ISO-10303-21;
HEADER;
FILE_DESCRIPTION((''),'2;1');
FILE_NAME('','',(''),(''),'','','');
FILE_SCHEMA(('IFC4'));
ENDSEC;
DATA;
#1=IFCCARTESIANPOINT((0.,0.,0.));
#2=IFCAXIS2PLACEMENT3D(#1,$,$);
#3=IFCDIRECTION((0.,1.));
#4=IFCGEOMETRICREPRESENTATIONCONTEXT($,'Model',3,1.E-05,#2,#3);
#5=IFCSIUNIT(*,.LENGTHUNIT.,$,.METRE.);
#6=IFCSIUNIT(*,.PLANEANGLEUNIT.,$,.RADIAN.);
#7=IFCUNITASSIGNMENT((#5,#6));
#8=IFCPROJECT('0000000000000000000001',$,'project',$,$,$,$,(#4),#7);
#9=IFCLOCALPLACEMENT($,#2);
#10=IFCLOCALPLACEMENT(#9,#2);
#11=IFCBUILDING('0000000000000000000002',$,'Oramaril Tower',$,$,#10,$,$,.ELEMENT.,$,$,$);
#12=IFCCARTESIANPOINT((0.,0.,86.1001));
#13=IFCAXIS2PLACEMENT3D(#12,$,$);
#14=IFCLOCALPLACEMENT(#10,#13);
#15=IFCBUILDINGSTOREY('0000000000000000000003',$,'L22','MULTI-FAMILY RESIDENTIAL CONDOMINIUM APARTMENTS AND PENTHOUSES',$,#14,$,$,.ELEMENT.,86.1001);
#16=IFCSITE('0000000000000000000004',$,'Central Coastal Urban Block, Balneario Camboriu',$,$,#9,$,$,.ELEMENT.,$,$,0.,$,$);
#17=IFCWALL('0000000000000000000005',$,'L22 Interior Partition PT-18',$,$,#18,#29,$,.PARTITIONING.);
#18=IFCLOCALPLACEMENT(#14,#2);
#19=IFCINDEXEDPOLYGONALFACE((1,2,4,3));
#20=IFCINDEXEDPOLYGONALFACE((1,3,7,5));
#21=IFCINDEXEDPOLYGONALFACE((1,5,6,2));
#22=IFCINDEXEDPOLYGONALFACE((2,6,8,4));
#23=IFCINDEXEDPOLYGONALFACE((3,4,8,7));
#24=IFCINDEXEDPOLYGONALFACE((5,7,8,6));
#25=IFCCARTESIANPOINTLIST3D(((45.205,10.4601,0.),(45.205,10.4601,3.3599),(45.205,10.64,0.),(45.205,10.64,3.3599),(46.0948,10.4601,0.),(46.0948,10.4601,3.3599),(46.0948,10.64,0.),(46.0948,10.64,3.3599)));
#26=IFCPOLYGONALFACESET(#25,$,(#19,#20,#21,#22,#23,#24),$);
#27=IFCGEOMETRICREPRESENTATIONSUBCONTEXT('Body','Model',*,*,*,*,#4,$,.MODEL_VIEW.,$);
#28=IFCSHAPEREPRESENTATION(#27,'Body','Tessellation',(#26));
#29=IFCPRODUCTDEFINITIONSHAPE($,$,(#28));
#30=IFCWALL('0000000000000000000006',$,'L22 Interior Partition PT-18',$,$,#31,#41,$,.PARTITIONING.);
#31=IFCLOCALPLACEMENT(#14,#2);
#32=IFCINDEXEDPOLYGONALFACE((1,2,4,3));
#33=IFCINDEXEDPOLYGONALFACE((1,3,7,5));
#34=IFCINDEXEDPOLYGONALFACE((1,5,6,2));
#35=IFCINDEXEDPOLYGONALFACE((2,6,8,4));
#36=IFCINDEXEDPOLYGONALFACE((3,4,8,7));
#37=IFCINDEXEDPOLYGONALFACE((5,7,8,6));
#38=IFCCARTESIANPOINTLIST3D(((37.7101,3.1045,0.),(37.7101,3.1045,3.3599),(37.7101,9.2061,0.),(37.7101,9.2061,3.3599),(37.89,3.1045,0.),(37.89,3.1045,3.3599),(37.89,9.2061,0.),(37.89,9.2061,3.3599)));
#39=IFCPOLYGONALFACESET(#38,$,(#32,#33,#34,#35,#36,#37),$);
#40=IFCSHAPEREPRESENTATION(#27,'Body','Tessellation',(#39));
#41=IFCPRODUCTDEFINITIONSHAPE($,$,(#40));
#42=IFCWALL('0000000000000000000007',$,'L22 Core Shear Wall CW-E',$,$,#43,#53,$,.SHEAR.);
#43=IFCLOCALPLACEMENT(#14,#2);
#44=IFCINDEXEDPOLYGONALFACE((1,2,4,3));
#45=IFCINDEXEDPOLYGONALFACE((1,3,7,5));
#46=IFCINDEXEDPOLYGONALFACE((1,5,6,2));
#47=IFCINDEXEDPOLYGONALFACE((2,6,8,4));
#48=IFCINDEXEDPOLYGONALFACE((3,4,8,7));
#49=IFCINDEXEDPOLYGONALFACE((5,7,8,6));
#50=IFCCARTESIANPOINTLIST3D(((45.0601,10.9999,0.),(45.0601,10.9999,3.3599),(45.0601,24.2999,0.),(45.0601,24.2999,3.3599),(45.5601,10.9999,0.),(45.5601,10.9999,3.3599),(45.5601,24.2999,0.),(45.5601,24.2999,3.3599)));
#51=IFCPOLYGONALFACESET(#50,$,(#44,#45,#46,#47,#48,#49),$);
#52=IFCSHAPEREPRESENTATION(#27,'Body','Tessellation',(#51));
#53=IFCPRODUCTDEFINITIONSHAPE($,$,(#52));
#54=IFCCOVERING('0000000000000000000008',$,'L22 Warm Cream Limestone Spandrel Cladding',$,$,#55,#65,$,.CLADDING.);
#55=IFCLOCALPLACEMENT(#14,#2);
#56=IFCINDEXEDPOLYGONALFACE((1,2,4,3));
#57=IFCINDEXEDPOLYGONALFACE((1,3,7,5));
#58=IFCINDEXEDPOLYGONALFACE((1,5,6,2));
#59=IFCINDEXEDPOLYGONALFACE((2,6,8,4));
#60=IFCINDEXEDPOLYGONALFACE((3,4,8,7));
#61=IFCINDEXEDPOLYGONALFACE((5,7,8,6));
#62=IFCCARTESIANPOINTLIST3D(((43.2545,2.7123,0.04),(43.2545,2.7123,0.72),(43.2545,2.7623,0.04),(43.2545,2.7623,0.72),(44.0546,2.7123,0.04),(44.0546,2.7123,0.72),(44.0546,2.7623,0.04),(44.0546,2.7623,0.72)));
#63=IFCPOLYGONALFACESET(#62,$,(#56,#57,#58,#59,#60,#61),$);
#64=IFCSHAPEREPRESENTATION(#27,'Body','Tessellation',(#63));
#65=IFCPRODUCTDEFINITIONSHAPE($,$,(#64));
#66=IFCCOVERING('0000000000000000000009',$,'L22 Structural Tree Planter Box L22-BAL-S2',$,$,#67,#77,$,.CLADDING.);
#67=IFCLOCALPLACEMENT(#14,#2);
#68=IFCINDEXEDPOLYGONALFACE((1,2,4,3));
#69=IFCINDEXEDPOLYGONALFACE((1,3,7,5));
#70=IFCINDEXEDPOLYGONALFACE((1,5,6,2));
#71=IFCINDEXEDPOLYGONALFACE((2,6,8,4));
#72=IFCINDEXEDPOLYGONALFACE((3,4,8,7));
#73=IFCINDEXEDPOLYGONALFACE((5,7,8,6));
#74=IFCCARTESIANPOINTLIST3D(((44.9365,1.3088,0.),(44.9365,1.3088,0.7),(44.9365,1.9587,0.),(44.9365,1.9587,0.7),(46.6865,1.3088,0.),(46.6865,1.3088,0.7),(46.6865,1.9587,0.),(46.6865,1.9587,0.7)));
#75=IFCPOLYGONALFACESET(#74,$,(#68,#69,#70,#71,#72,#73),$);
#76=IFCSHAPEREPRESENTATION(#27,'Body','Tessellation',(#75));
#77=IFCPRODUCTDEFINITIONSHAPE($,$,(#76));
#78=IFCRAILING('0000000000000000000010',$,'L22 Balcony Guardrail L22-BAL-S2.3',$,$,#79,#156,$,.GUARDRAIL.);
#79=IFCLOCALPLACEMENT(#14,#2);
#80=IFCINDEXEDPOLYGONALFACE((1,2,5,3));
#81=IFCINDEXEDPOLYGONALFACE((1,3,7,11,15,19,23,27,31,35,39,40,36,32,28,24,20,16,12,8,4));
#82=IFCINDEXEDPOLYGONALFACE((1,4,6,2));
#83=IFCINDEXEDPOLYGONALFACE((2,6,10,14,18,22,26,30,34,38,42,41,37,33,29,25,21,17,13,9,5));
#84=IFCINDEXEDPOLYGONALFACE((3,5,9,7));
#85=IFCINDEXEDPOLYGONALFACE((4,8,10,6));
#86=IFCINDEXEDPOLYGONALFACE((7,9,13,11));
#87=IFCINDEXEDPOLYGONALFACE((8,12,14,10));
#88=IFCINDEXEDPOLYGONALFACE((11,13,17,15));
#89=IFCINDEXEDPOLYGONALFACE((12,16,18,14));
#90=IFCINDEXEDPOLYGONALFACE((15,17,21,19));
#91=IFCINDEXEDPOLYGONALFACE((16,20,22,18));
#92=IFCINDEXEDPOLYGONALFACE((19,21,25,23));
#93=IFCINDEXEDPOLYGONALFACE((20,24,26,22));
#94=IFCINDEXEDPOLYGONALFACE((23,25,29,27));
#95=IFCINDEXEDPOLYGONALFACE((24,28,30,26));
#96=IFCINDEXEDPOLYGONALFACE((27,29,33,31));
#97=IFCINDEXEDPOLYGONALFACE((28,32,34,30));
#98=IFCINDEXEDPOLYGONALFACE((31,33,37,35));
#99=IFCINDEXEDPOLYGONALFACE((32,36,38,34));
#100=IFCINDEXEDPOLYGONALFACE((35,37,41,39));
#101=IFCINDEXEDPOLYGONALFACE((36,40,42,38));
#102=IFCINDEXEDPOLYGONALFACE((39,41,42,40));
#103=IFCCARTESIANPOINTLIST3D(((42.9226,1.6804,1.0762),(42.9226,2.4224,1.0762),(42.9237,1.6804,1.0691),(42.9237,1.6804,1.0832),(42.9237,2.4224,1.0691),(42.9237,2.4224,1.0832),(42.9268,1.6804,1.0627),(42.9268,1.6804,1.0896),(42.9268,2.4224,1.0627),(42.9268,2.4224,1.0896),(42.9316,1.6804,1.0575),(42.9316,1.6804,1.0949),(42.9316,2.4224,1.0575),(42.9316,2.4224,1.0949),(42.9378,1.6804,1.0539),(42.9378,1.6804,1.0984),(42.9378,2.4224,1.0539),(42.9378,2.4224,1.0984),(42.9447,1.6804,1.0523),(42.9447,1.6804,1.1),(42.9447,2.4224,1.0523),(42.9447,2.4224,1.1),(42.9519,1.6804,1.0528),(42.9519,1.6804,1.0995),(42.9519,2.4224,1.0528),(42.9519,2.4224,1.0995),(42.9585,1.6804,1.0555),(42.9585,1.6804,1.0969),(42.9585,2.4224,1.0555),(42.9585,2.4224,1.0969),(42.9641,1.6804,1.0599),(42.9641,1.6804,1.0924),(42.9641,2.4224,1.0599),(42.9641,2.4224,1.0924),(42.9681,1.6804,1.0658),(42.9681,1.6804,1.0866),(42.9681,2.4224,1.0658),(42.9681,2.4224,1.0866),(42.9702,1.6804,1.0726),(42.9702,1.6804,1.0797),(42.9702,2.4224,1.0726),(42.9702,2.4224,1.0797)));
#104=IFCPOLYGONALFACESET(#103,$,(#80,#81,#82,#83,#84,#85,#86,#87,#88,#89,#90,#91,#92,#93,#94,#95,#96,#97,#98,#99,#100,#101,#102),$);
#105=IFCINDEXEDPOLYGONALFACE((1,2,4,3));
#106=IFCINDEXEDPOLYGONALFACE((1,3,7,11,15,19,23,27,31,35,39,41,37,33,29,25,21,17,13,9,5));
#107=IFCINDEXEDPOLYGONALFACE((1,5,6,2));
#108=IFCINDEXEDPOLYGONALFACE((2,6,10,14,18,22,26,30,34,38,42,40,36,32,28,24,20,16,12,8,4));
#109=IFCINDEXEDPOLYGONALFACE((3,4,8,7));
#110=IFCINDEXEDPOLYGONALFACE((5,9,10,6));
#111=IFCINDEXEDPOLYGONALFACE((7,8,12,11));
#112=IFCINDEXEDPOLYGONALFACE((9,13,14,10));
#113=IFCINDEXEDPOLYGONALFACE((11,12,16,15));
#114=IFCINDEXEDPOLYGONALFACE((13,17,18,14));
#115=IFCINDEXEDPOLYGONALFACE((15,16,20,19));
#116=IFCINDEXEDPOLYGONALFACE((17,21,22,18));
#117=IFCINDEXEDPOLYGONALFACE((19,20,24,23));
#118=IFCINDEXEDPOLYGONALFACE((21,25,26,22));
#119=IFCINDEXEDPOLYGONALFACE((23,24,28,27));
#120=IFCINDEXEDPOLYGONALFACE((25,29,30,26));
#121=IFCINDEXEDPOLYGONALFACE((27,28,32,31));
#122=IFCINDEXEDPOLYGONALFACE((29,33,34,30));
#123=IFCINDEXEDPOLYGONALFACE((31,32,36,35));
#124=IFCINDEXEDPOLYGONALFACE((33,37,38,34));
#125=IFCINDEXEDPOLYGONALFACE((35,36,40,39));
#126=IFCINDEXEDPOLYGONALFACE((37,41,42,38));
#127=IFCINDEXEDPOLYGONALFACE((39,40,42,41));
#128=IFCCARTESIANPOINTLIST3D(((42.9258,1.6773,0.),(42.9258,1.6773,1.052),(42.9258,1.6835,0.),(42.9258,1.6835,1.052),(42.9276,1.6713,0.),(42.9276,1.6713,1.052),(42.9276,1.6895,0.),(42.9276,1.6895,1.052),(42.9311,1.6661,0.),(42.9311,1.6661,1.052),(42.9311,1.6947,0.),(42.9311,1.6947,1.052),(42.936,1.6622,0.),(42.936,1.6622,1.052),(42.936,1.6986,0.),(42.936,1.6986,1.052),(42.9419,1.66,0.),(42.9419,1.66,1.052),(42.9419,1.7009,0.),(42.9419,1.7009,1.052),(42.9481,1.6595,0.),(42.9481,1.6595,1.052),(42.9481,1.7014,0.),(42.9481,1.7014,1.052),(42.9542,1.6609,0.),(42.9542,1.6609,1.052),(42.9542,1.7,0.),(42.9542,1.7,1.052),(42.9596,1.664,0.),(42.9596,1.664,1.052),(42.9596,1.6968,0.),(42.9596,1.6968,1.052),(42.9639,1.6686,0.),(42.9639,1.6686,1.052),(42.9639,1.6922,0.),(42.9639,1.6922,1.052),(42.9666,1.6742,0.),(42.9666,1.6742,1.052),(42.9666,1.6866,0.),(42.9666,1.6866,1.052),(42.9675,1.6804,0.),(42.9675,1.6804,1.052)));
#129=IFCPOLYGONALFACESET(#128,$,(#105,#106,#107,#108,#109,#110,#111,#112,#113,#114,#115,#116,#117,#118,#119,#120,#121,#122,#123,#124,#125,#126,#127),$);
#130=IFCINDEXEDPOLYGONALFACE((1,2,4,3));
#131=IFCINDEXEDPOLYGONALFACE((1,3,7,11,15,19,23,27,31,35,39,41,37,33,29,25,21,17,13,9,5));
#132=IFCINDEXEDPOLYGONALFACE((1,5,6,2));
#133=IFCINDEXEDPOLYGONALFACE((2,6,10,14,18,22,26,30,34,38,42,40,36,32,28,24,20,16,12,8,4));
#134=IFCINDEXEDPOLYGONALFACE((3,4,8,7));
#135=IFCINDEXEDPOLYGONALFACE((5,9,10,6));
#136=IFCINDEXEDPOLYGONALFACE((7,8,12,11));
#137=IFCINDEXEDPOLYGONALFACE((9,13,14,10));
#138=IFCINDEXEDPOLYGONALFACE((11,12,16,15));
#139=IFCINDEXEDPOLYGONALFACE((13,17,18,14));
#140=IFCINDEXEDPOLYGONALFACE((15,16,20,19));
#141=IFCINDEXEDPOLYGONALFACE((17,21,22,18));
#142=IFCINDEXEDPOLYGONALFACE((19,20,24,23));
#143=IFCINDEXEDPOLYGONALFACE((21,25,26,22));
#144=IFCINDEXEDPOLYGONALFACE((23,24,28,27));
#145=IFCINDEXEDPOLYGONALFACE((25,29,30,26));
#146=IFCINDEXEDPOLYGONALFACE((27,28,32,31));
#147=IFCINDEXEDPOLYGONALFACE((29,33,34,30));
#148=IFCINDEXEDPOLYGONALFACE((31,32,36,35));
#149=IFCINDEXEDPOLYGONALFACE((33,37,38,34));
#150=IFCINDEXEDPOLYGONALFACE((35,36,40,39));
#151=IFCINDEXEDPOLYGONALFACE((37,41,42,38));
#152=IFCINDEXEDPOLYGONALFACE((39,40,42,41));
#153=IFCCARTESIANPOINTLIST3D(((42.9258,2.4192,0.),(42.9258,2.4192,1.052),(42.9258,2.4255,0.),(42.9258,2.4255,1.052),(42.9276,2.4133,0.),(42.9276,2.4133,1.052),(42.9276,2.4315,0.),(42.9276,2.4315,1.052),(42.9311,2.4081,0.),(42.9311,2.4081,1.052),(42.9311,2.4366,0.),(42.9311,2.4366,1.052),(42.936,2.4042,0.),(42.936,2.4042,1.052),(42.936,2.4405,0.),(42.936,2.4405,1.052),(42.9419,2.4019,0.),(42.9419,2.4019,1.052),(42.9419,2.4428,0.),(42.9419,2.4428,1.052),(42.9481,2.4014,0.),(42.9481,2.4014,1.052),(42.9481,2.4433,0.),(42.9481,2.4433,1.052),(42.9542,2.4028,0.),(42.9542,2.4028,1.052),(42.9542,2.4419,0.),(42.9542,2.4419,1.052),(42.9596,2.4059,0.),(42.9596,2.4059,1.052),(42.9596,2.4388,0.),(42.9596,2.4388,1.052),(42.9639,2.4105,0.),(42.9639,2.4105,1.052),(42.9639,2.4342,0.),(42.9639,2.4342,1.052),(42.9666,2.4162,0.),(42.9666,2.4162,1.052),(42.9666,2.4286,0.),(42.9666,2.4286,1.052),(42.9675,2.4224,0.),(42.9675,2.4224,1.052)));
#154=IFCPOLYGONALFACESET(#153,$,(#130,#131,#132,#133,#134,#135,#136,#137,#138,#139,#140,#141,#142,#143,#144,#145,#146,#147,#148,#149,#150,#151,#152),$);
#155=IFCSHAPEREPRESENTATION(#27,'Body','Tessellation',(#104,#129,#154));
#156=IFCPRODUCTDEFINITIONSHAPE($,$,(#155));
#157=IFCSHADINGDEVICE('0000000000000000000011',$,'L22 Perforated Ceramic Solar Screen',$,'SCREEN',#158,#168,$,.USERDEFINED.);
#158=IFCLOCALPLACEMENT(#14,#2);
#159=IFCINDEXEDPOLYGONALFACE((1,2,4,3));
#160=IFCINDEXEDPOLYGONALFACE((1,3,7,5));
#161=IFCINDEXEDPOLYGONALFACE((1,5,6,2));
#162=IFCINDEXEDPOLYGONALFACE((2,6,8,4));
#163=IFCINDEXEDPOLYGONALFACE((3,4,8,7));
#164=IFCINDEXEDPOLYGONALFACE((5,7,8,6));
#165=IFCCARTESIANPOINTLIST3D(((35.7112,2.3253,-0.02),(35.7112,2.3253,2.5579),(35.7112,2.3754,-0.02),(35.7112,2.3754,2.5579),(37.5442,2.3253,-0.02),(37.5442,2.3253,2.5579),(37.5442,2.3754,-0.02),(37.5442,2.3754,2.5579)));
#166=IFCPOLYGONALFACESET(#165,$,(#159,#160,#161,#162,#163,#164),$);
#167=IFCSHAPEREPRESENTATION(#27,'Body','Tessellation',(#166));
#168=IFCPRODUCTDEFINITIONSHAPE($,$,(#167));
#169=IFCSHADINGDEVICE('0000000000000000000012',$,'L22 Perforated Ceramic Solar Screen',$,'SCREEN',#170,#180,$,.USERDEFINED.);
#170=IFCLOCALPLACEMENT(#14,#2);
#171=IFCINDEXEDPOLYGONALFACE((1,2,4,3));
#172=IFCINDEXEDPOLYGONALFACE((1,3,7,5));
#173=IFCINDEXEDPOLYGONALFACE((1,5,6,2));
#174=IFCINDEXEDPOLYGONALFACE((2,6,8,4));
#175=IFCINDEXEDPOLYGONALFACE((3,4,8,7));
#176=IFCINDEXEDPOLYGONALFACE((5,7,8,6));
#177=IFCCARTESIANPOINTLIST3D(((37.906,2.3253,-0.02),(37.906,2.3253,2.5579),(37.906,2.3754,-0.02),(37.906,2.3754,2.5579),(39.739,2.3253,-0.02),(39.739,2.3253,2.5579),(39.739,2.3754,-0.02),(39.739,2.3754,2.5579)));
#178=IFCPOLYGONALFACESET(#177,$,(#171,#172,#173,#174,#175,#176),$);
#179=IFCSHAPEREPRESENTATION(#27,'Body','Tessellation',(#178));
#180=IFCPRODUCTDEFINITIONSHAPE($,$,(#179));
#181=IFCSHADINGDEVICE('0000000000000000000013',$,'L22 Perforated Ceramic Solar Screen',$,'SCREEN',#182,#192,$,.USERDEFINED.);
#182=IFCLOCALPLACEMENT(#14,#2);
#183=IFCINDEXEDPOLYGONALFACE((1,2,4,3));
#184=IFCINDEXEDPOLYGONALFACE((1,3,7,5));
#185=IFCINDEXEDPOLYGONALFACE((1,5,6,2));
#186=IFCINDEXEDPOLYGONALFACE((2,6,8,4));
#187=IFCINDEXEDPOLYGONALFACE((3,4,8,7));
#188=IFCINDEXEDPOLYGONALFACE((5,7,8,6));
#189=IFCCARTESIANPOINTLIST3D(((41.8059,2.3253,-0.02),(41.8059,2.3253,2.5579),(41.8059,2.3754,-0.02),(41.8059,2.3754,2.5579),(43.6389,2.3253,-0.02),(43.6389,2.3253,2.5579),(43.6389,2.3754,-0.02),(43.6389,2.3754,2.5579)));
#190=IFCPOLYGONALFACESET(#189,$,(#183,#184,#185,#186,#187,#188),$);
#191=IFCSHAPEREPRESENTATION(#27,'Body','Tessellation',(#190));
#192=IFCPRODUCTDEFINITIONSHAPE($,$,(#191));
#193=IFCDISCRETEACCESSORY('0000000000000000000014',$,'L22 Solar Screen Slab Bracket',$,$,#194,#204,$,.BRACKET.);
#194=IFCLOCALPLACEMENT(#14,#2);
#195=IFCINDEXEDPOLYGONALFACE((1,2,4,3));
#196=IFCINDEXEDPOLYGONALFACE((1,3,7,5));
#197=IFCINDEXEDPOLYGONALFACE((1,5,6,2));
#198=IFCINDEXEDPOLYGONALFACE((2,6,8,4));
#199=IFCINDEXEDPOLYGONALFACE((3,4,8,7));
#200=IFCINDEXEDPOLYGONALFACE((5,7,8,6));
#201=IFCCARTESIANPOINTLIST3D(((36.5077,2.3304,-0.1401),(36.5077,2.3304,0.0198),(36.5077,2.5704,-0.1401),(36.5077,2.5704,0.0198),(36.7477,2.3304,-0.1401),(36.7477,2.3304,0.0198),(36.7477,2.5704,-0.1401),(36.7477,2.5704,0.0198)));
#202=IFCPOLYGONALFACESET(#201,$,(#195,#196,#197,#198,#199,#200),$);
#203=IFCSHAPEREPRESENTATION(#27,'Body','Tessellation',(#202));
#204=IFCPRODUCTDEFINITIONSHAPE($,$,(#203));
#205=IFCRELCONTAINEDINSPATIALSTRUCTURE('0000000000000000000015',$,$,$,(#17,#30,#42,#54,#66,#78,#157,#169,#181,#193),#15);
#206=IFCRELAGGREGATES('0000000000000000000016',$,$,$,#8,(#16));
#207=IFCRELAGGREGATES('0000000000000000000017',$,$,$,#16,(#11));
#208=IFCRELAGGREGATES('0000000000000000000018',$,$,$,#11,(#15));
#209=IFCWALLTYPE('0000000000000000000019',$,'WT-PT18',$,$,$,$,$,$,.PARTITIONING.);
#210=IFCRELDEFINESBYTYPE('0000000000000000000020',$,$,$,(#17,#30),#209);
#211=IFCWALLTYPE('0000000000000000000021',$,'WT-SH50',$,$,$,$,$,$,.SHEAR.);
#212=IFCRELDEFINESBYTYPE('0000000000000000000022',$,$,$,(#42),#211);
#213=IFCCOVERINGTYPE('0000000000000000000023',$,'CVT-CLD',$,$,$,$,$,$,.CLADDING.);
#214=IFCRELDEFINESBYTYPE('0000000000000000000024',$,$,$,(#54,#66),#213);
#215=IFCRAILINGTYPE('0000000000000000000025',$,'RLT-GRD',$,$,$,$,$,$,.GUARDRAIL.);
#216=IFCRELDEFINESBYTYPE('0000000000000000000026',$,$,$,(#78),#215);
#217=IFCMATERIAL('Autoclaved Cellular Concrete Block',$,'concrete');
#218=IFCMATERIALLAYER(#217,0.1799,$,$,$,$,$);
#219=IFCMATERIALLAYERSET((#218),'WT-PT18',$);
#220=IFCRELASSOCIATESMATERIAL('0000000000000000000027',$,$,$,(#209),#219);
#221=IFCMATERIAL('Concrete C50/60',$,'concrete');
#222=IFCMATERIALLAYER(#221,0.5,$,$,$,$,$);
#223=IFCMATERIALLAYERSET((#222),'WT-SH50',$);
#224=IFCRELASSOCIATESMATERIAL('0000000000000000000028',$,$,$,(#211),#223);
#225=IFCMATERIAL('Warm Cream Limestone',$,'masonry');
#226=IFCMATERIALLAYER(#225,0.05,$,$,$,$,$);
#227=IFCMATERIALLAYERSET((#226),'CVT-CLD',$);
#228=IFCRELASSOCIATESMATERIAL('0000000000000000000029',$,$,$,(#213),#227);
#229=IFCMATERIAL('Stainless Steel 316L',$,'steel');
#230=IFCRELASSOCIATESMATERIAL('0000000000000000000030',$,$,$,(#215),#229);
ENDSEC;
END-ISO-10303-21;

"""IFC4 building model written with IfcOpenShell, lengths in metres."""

from ifc_helpers import new_model, si_unit, direction, frame, frame_2d, origin, origin_2d, place, context, subcontext, project, spatial, rectangle, circle, extrude, material, layer, layer_set, type_object, element, save


model = new_model("IFC4")

# Units and contexts
model_context = context("Model", 3, precision=1e-05, world=origin(), true_north=direction((0.0, 1.0)))
body_context = subcontext(model_context, "Body", "Model", "MODEL_VIEW")
ifc_project = project(units=[si_unit("LENGTHUNIT", "METRE"), si_unit("PLANEANGLEUNIT", "RADIAN")], contexts=[model_context])

# Site, building, storey
site_placement = place(None, origin())
site = spatial("IfcSite", under=ifc_project, at=site_placement, Name="Central Coastal Urban Block, Balneario Camboriu", CompositionType="ELEMENT", RefElevation=0.0)
building_placement = place(site_placement, origin())
building = spatial("IfcBuilding", under=site, at=building_placement, Name="Oramaril Tower", CompositionType="ELEMENT")
storey_placement = place(building_placement, frame((0.0, 0.0, 86.1001)))
storey = spatial("IfcBuildingStorey", under=building, at=storey_placement, Name="L22", Description="MULTI-FAMILY RESIDENTIAL CONDOMINIUM APARTMENTS AND PENTHOUSES", CompositionType="ELEMENT", Elevation=86.1001)

# Walls
ifc_material_1 = material(Name="Autoclaved Cellular Concrete Block", Category="concrete")
ifc_layer_1 = layer(ifc_material_1, 0.1799)
ifc_layer_set_1 = layer_set([ifc_layer_1], Name="WT-PT18")
wall_type_1 = type_object("IfcWallType", Name="WT-PT18", PredefinedType="PARTITIONING", material=ifc_layer_set_1)
wall_1_placement = place(storey_placement, frame((45.2051, 10.55, 0.0), z_axis=(0.0, 0.0, 1.0), x_axis=(1.0, 0.0, 0.0)))
element("IfcWall", 1, at=wall_1_placement, inside=storey, type_object=wall_type_1, Name="L22 Interior Partition PT-18", PredefinedType="PARTITIONING", context=body_context, shape_type="SweptSolid", body=[
    extrude(rectangle(XDim=0.8899, YDim=0.1799, at=frame_2d((0.4448, 0.0))), origin(), (0.0, 0.0, 1.0), 3.3599),
])
wall_2_placement = place(storey_placement, frame((37.8, 3.1045, 0.0), z_axis=(0.0, 0.0, 1.0), x_axis=(0.0, 1.0, 0.0)))
element("IfcWall", 2, at=wall_2_placement, inside=storey, type_object=wall_type_1, Name="L22 Interior Partition PT-18", PredefinedType="PARTITIONING", context=body_context, shape_type="SweptSolid", body=[
    extrude(rectangle(XDim=6.1016, YDim=0.1799, at=frame_2d((3.0508, 0.0))), origin(), (0.0, 0.0, 1.0), 3.3599),
])
ifc_material_2 = material(Name="Concrete C50/60", Category="concrete")
ifc_layer_2 = layer(ifc_material_2, 0.5)
ifc_layer_set_2 = layer_set([ifc_layer_2], Name="WT-SH50")
wall_type_2 = type_object("IfcWallType", Name="WT-SH50", PredefinedType="SHEAR", material=ifc_layer_set_2)
wall_3_placement = place(storey_placement, frame((45.3101, 11.0, 0.0), z_axis=(0.0, 0.0, 1.0), x_axis=(0.0, 1.0, 0.0)))
element("IfcWall", 3, at=wall_3_placement, inside=storey, type_object=wall_type_2, Name="L22 Core Shear Wall CW-E", PredefinedType="SHEAR", context=body_context, shape_type="SweptSolid", body=[
    extrude(rectangle(XDim=13.3, YDim=0.5, at=frame_2d((6.6499, 0.0))), origin(), (0.0, 0.0, 1.0), 3.3599),
])

# Coverings
ifc_material_3 = material(Name="Warm Cream Limestone", Category="masonry")
ifc_layer_3 = layer(ifc_material_3, 0.05)
ifc_layer_set_3 = layer_set([ifc_layer_3], Name="CVT-CLD")
covering_type = type_object("IfcCoveringType", Name="CVT-CLD", PredefinedType="CLADDING", material=ifc_layer_set_3)
covering_1_placement = place(storey_placement, frame((43.6545, 2.7373, 0.04), z_axis=(0.0, 0.0, 1.0), x_axis=(1.0, 0.0, 0.0)))
element("IfcCovering", 4, at=covering_1_placement, inside=storey, type_object=covering_type, Name="L22 Warm Cream Limestone Spandrel Cladding", PredefinedType="CLADDING", context=body_context, shape_type="SweptSolid", body=[
    extrude(rectangle(XDim=0.8, YDim=0.05, at=origin_2d()), origin(), (0.0, 0.0, 1.0), 0.6799),
])
covering_2_placement = place(storey_placement, frame((45.8115, 1.6338, 0.0), z_axis=(0.0, 0.0, 1.0), x_axis=(1.0, 0.0, 0.0)))
element("IfcCovering", 5, at=covering_2_placement, inside=storey, type_object=covering_type, Name="L22 Structural Tree Planter Box L22-BAL-S2", PredefinedType="CLADDING", context=body_context, shape_type="SweptSolid", body=[
    extrude(rectangle(XDim=1.75, YDim=0.6499, at=origin_2d()), origin(), (0.0, 0.0, 1.0), 0.7),
])

# Railing
ifc_material_4 = material(Name="Stainless Steel 316L", Category="steel")
railing_type = type_object("IfcRailingType", Name="RLT-GRD", PredefinedType="GUARDRAIL", material=ifc_material_4)
railing_placement = place(storey_placement, frame((42.9465, 1.6804, 0.0)))
element("IfcRailing", 6, at=railing_placement, inside=storey, type_object=railing_type, Name="L22 Balcony Guardrail L22-BAL-S2.3", PredefinedType="GUARDRAIL", context=body_context, shape_type="SweptSolid", body=[
    extrude(circle(Radius=0.0239, at=origin_2d()), frame((0.0, 0.0, 1.0762), z_axis=(0.0, 1.0, 0.0), x_axis=(-1.0, 0.0, 0.0)), (0.0, 0.0, 1.0), 0.7419),
    extrude(circle(Radius=0.021, at=origin_2d()), origin(), (0.0, 0.0, 1.0), 1.052),
    extrude(circle(Radius=0.021, at=origin_2d()), frame((0.0, 0.7419, 0.0)), (0.0, 0.0, 1.0), 1.052),
])

# Shading devices
for number, where, z_axis, x_axis, name in (
    (7, (36.6277, 2.3503, -0.02), (0.0, 0.0, 1.0), (1.0, 0.0, 0.0), "L22 Perforated Ceramic Solar Screen"),
    (8, (38.8225, 2.3503, -0.02), (0.0, 0.0, 1.0), (1.0, 0.0, 0.0), "L22 Perforated Ceramic Solar Screen"),
    (9, (42.7224, 2.3503, -0.02), (0.0, 0.0, 1.0), (1.0, 0.0, 0.0), "L22 Perforated Ceramic Solar Screen"),
):
    element("IfcShadingDevice", number, at=place(storey_placement, frame(where, z_axis=z_axis, x_axis=x_axis)), inside=storey, Name=name, ObjectType="SCREEN", PredefinedType="USERDEFINED", context=body_context, shape_type="SweptSolid", body=[
        extrude(rectangle(XDim=1.833, YDim=0.05, at=origin_2d()), origin(), (0.0, 0.0, 1.0), 2.5779),
    ])

# Discrete accessory
for number, where, z_axis, x_axis, name in (
    (10, (36.6277, 2.4504, -0.1401), (0.0, 0.0, 1.0), (1.0, 0.0, 0.0), "L22 Solar Screen Slab Bracket"),
):
    element("IfcDiscreteAccessory", number, at=place(storey_placement, frame(where, z_axis=z_axis, x_axis=x_axis)), inside=storey, Name=name, PredefinedType="BRACKET", context=body_context, shape_type="SweptSolid", body=[
        extrude(rectangle(XDim=0.24, YDim=0.24, at=origin_2d()), origin(), (0.0, 0.0, 1.0), 0.1599),
    ])

save(model, "model.ifc")
